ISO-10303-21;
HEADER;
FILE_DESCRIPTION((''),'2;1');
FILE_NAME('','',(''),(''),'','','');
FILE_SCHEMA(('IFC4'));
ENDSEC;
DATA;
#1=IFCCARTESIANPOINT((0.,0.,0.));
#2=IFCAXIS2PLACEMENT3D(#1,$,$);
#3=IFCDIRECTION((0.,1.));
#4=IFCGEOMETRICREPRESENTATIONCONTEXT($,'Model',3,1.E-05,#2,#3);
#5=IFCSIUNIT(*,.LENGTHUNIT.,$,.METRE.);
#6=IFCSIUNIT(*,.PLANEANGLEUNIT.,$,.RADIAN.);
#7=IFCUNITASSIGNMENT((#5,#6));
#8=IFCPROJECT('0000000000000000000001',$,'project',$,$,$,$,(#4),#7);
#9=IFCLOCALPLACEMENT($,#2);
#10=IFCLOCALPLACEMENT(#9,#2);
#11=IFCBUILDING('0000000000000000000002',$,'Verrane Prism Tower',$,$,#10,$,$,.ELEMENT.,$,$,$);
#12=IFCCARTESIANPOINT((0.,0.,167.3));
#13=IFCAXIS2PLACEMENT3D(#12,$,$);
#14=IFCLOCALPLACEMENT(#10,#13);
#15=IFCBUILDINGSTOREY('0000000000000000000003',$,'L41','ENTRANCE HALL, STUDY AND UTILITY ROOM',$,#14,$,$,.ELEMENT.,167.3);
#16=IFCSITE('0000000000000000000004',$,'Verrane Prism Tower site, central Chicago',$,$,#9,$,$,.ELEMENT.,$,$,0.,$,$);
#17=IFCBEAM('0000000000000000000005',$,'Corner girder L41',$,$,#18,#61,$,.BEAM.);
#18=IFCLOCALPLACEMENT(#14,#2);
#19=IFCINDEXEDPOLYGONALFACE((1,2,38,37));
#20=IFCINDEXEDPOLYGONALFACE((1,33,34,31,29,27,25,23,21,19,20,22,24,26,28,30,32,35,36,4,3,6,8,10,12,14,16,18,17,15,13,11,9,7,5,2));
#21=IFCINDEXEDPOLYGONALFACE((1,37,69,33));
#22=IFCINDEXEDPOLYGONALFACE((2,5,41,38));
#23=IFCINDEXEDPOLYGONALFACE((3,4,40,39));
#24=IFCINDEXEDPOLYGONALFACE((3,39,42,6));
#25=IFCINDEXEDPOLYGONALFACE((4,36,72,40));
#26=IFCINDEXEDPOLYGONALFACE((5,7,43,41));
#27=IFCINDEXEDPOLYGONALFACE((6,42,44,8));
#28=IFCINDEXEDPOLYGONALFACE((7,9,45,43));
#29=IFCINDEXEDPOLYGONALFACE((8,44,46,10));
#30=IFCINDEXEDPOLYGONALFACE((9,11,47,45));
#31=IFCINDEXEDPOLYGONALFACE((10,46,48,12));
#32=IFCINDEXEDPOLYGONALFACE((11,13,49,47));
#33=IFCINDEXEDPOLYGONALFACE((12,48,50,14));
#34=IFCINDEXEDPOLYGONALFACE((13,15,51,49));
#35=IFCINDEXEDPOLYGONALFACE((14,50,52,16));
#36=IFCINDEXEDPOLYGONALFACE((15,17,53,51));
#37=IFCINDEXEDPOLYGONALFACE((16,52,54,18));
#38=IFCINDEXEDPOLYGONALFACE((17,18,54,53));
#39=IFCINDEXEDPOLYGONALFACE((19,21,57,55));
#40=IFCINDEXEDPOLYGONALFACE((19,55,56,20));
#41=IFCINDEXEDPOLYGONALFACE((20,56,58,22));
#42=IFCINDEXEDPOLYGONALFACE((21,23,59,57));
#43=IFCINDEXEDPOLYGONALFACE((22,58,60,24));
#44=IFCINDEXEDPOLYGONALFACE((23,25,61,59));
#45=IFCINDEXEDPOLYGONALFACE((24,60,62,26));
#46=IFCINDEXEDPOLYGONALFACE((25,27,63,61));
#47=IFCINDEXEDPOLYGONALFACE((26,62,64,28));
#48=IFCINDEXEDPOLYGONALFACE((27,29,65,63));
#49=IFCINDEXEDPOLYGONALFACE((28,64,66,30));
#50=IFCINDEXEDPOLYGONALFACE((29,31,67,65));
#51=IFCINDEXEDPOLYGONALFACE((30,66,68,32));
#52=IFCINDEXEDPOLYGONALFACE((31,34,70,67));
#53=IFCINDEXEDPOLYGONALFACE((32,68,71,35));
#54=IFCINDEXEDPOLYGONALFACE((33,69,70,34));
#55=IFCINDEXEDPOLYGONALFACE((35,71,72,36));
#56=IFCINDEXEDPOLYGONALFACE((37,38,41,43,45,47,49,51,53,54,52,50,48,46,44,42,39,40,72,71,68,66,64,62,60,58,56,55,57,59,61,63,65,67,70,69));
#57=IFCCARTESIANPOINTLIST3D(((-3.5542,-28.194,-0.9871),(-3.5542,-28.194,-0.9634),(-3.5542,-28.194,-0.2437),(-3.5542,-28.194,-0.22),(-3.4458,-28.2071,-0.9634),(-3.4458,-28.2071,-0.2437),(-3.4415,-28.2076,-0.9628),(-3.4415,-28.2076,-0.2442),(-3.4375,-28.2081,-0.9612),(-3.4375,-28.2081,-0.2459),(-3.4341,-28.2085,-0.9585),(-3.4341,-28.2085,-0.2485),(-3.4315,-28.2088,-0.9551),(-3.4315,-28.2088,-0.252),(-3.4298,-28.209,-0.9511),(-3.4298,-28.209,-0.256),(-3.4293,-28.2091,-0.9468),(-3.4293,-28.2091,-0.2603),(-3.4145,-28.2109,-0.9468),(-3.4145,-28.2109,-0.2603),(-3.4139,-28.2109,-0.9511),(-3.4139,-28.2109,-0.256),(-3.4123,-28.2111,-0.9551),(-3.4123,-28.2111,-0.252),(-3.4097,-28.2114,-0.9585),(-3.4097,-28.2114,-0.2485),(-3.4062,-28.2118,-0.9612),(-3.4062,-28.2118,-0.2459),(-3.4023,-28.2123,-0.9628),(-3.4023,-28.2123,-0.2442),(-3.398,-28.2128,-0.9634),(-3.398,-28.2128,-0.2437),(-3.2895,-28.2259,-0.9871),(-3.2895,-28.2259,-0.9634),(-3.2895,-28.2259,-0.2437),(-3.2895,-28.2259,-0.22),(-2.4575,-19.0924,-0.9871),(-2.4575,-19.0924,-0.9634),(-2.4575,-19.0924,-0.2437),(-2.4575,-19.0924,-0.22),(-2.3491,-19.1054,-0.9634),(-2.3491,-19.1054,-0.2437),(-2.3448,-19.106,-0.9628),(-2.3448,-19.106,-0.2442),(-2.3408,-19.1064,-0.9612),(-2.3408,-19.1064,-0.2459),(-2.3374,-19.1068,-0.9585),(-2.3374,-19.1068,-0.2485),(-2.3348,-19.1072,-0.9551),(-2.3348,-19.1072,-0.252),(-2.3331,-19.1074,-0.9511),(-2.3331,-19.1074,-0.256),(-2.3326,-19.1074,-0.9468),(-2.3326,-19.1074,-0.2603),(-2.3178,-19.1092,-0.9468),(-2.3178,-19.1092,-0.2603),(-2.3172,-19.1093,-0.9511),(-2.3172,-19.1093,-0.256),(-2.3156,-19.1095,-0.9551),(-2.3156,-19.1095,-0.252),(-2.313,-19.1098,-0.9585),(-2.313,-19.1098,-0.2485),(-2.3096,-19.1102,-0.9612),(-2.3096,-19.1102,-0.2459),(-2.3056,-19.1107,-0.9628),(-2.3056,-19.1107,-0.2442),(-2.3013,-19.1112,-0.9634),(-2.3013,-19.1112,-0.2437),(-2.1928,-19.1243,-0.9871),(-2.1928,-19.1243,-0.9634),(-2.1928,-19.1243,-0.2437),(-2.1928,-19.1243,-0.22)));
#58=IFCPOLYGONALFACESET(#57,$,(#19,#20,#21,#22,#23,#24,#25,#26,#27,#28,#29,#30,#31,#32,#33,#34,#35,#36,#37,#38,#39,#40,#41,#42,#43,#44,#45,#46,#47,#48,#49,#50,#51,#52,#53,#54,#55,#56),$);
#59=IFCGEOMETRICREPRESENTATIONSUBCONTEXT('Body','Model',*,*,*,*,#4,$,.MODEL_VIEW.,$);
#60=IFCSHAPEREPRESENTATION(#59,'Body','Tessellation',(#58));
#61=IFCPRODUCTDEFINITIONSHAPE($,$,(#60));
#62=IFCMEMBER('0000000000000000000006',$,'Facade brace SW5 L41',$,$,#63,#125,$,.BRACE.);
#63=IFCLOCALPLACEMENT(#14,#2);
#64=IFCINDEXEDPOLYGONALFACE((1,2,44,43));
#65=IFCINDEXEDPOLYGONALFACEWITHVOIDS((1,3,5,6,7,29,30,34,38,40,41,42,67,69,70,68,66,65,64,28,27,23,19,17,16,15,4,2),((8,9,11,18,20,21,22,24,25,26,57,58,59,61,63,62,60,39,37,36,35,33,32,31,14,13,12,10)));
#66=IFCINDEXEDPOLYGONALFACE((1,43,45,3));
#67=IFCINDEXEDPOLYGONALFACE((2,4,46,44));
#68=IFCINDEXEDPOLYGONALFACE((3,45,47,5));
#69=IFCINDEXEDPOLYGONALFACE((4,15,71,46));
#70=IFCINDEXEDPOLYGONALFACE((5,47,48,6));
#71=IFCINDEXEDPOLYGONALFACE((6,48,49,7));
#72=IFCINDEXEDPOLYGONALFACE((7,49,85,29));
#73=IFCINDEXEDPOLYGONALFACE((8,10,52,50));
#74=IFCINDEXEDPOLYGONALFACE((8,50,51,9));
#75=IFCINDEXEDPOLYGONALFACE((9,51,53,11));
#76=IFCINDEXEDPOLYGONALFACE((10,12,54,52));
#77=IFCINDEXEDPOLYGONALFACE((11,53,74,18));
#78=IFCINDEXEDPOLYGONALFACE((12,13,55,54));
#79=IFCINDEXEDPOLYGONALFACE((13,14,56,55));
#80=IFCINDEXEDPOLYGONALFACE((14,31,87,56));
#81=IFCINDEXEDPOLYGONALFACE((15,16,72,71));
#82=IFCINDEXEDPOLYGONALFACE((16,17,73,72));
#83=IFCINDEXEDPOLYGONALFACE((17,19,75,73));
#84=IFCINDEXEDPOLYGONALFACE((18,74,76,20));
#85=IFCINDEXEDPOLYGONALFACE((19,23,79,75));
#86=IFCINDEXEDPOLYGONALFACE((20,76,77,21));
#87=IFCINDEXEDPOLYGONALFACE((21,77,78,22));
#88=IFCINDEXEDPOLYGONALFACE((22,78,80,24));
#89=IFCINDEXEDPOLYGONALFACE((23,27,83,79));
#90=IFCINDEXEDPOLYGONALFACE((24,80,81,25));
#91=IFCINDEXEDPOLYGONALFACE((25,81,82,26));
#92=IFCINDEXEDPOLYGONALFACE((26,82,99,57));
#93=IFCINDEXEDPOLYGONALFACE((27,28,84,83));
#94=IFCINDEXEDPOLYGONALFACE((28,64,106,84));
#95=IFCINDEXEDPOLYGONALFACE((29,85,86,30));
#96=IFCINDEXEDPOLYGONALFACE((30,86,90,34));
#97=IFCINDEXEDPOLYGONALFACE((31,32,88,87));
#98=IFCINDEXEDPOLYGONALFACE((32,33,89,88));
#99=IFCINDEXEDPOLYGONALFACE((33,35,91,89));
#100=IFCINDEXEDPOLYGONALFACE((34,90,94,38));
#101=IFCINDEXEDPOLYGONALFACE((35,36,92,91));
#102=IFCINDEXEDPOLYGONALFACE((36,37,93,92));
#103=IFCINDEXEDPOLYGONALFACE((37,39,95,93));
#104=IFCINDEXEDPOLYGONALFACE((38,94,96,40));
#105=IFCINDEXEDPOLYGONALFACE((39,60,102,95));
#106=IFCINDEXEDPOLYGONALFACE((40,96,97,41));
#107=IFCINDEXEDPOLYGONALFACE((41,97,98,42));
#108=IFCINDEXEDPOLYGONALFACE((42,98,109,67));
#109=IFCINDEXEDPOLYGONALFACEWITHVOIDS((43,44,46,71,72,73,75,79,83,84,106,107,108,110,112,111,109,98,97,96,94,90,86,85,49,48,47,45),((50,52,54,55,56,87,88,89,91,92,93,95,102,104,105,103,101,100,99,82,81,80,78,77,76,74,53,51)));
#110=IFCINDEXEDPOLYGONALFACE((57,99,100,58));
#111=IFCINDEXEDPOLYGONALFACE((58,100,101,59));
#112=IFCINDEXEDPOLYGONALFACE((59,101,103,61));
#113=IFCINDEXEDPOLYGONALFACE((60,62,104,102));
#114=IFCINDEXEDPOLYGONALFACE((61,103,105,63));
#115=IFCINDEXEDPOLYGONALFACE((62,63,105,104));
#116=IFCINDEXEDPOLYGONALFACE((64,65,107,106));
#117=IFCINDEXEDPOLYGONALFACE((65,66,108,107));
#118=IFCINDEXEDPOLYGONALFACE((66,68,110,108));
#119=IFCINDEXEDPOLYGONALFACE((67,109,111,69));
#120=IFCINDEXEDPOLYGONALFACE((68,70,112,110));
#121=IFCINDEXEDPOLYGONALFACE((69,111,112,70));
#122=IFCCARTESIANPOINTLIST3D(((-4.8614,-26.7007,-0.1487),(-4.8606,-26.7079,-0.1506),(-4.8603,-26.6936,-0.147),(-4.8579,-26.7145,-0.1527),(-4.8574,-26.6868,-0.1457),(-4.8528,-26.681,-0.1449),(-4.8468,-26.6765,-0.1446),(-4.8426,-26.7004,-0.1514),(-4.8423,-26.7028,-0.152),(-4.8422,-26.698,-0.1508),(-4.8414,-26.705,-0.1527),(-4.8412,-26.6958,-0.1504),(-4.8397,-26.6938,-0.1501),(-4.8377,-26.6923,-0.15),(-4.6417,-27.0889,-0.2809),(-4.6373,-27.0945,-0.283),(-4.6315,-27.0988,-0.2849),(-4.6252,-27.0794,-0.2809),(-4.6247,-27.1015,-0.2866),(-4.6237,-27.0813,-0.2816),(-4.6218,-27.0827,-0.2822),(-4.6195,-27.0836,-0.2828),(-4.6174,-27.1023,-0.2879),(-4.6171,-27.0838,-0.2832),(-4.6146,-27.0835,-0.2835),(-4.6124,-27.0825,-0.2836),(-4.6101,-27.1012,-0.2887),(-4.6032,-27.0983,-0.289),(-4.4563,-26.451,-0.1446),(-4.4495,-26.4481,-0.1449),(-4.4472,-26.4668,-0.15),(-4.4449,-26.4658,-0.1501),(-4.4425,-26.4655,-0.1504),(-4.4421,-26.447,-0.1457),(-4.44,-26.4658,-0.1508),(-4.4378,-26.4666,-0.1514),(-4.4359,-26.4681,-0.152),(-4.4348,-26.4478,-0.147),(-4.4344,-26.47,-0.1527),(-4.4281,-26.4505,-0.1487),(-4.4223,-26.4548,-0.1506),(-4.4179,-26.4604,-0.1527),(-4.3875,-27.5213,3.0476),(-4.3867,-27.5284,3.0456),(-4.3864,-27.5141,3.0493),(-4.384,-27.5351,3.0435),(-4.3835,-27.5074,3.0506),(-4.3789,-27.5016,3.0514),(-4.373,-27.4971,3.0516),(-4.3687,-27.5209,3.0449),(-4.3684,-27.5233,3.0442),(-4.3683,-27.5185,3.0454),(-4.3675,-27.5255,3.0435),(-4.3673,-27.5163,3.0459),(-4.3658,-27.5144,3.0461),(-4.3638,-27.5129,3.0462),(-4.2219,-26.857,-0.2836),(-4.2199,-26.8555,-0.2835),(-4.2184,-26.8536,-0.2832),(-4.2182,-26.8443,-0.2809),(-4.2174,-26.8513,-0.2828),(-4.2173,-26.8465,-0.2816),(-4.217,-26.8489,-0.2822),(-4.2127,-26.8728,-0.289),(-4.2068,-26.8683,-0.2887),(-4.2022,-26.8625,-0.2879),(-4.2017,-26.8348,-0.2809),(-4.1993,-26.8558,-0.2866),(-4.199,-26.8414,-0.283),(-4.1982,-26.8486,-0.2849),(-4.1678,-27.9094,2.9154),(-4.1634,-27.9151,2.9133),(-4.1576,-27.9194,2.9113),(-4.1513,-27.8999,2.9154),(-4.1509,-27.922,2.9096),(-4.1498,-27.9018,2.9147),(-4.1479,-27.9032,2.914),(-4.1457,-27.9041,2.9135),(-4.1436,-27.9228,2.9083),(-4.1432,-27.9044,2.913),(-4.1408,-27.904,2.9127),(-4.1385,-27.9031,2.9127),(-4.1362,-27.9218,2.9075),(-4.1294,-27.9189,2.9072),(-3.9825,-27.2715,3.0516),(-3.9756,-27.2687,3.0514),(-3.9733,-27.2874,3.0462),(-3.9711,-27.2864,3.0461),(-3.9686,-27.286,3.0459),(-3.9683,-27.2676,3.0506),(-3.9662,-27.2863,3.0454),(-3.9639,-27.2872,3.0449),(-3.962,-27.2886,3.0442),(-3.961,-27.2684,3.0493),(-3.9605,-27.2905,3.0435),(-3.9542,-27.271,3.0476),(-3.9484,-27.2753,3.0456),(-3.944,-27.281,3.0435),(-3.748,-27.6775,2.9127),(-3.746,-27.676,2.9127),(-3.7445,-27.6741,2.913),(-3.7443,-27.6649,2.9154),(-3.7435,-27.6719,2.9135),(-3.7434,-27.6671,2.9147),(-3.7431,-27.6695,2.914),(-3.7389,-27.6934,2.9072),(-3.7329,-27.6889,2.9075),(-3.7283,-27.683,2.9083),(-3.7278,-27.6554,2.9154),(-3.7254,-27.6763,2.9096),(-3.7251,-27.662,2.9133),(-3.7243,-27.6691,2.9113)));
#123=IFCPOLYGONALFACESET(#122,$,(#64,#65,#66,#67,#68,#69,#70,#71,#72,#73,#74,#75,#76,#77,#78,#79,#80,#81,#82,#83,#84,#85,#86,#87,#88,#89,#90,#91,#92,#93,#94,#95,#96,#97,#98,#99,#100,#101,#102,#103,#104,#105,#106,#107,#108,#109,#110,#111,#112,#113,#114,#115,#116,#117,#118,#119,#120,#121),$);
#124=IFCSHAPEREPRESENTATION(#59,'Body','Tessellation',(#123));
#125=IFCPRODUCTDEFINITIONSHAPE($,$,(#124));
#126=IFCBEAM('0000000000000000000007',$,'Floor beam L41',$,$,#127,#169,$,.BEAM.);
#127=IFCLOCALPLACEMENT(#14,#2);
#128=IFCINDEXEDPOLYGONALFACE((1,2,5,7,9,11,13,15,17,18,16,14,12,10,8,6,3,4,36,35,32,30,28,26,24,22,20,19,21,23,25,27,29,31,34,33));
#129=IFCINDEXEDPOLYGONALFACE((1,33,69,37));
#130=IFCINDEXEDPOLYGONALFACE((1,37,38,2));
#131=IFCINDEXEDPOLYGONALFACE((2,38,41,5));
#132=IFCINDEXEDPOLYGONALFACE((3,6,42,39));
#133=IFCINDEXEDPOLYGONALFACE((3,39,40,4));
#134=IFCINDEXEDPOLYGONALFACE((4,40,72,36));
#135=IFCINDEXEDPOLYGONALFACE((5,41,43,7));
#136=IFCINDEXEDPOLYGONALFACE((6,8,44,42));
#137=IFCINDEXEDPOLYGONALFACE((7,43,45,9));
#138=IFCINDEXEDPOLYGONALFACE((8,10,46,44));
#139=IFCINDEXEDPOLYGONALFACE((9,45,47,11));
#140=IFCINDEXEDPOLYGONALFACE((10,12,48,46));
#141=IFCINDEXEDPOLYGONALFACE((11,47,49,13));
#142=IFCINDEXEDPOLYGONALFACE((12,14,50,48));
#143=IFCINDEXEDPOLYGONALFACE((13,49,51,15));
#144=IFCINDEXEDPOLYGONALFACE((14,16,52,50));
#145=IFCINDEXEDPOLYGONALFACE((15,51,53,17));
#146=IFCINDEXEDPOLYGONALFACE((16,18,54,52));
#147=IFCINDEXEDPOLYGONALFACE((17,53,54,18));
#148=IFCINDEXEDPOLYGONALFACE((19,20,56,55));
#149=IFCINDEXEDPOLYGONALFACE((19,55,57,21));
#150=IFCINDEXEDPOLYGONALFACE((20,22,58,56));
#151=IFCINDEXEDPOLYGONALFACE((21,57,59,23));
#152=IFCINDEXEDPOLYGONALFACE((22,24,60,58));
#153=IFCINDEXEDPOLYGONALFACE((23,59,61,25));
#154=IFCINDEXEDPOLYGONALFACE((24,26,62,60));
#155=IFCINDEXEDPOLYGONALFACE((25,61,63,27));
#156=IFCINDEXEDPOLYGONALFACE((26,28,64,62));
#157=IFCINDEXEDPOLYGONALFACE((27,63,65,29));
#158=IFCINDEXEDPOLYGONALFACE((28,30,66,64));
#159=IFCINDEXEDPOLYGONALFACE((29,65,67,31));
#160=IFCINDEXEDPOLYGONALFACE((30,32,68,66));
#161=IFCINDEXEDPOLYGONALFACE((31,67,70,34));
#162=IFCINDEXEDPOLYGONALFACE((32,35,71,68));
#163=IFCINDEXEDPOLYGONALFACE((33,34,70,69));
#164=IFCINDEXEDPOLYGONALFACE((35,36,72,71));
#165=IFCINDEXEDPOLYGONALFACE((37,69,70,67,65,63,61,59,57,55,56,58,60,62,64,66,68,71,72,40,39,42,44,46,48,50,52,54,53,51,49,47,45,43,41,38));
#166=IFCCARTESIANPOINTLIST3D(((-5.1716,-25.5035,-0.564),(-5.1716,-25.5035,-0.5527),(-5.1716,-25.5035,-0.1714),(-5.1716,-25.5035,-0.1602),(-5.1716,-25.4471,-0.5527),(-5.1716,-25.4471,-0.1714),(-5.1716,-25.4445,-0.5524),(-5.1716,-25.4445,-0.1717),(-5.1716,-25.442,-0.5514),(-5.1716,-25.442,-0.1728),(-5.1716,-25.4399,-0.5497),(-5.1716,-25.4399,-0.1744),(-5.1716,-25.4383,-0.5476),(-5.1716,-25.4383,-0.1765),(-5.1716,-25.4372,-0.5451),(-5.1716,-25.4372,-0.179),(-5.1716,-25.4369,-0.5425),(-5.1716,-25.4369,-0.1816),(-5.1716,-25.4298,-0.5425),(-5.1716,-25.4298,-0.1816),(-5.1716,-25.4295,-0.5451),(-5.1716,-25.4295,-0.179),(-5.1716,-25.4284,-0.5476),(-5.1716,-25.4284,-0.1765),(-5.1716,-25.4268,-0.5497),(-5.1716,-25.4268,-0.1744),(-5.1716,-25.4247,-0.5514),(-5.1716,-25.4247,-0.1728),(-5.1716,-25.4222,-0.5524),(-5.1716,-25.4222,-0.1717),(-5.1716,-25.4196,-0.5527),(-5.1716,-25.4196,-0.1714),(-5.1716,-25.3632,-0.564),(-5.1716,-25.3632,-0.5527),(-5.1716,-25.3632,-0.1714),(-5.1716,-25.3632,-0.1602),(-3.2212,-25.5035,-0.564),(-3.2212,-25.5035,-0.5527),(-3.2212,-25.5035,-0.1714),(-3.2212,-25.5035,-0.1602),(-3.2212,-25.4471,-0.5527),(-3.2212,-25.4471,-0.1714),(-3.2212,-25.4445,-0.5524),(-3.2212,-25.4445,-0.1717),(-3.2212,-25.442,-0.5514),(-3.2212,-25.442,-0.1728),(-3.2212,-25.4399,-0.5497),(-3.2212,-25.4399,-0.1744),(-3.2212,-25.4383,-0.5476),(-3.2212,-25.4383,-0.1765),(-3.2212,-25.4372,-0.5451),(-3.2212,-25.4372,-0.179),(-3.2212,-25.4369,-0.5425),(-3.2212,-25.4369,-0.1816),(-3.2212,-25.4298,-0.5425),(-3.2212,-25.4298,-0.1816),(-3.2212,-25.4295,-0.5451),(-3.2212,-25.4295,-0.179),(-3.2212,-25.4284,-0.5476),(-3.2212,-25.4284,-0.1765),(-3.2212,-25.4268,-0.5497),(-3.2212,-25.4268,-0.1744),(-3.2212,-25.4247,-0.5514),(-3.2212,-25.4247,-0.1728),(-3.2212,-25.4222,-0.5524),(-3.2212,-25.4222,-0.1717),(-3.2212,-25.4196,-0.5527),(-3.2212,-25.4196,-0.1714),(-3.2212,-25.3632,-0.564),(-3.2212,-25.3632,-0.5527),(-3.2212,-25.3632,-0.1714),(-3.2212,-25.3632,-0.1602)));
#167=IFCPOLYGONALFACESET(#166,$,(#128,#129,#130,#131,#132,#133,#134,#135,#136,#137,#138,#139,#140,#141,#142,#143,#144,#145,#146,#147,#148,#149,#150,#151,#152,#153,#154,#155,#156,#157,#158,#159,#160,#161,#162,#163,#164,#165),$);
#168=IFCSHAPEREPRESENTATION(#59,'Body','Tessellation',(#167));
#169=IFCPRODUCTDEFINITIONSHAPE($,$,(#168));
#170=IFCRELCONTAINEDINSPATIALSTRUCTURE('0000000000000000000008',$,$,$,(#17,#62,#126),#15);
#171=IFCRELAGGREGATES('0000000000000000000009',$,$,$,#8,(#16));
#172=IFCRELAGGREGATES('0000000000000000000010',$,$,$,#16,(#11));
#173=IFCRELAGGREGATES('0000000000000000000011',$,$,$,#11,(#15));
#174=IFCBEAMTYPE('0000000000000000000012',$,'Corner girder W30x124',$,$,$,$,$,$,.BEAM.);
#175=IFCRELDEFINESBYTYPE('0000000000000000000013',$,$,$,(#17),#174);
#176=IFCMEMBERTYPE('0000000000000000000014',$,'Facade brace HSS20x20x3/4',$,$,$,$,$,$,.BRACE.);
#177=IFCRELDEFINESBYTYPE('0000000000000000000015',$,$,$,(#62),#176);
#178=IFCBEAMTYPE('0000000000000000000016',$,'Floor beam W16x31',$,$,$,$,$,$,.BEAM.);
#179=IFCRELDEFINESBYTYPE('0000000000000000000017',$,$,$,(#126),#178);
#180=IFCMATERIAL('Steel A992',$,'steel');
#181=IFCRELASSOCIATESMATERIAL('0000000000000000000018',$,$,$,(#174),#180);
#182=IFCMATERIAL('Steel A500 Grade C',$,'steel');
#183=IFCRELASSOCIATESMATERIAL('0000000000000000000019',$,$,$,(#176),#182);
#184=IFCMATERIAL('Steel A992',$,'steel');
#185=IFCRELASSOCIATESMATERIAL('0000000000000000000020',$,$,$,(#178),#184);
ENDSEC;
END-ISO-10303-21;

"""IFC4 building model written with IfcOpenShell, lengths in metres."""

from ifc_helpers import new_model, si_unit, direction, frame, origin, origin_2d, place, context, subcontext, project, spatial, hollow_rectangle, i_section, extrude, material, material_profile, profile_set, type_object, element, save


model = new_model("IFC4")

# Units and contexts
model_context = context("Model", 3, precision=1e-05, world=origin(), true_north=direction((0.0, 1.0)))
body_context = subcontext(model_context, "Body", "Model", "MODEL_VIEW")
ifc_project = project(units=[si_unit("LENGTHUNIT", "METRE"), si_unit("PLANEANGLEUNIT", "RADIAN")], contexts=[model_context])

# Site, building, storey
site_placement = place(None, origin())
site = spatial("IfcSite", under=ifc_project, at=site_placement, Name="Verrane Prism Tower site, central Chicago", CompositionType="ELEMENT", RefElevation=0.0)
building_placement = place(site_placement, origin())
building = spatial("IfcBuilding", under=site, at=building_placement, Name="Verrane Prism Tower", CompositionType="ELEMENT")
storey_placement = place(building_placement, frame((0.0, 0.0, 167.3)))
storey = spatial("IfcBuildingStorey", under=building, at=storey_placement, Name="L41", Description="ENTRANCE HALL, STUDY AND UTILITY ROOM", CompositionType="ELEMENT", Elevation=167.3)

# Beam
ifc_material_1 = material(Name="Steel A992", Category="steel")
ifc_material_profile_1 = material_profile(ifc_material_1, i_section(OverallWidth=0.2666, OverallDepth=0.7671, WebThickness=0.0149, FlangeThickness=0.0237, FilletRadius=0.0166, at=origin_2d()), Name="W30x124")
ifc_profile_set_1 = profile_set([ifc_material_profile_1], Name="Steel A992")
beam_type_1 = type_object("IfcBeamType", Name="Corner girder W30x124", PredefinedType="BEAM", material=ifc_profile_set_1)
beam_1_placement = place(storey_placement, frame((-3.4219, -28.21, -0.6035), z_axis=(0.119628, 0.992819, 0.0), x_axis=(-0.992819, 0.119628, 0.0)))
element("IfcBeam", 1, at=beam_1_placement, inside=storey, type_object=beam_type_1, Name="Corner girder L41", PredefinedType="BEAM", context=body_context, shape_type="SweptSolid", body=[
    extrude(i_section(OverallWidth=0.2666, OverallDepth=0.7671, WebThickness=0.0149, FlangeThickness=0.0237, FilletRadius=0.0166, at=origin_2d()), origin(), (0.0, 0.0, 1.0), 9.1675),
])

# Member
ifc_material_2 = material(Name="Steel A500 Grade C", Category="steel")
ifc_material_profile_2 = material_profile(ifc_material_2, hollow_rectangle(XDim=0.5081, YDim=0.5081, WallThickness=0.019, InnerFilletRadius=0.0095, OuterFilletRadius=0.0286, at=origin_2d()), Name="HSS20x20x3/4")
ifc_profile_set_2 = profile_set([ifc_material_profile_2], Name="Steel A500 Grade C")
member_type_1 = type_object("IfcMemberType", Name="Facade brace HSS20x20x3/4", PredefinedType="BRACE", material=ifc_profile_set_2)
member_1_placement = place(storey_placement, frame((-4.5298, -26.7747, -0.2168), z_axis=(0.142144, -0.246133, 0.958756), x_axis=(0.865967, 0.500102, 0.0)))
element("IfcMember", 2, at=member_1_placement, inside=storey, type_object=member_type_1, Name="Facade brace SW5 L41", PredefinedType="BRACE", context=body_context, shape_type="SweptSolid", body=[
    extrude(hollow_rectangle(XDim=0.5081, YDim=0.5081, WallThickness=0.019, InnerFilletRadius=0.0095, OuterFilletRadius=0.0286, at=origin_2d()), origin(), (0.0, 0.0, 1.0), 3.3337),
])

# Beam
ifc_material_3 = material(Name="Steel A992", Category="steel")
ifc_material_profile_3 = material_profile(ifc_material_3, i_section(OverallWidth=0.1404, OverallDepth=0.4038, WebThickness=0.0071, FlangeThickness=0.0112, FilletRadius=0.0103, at=origin_2d()), Name="W16x31")
ifc_profile_set_3 = profile_set([ifc_material_profile_3], Name="Steel A992")
beam_type_2 = type_object("IfcBeamType", Name="Floor beam W16x31", PredefinedType="BEAM", material=ifc_profile_set_3)
beam_2_placement = place(storey_placement, frame((-5.1716, -25.4333, -0.3621), z_axis=(1.0, 0.0, 0.0), x_axis=(0.0, 1.0, 0.0)))
element("IfcBeam", 3, at=beam_2_placement, inside=storey, type_object=beam_type_2, Name="Floor beam L41", PredefinedType="BEAM", context=body_context, shape_type="SweptSolid", body=[
    extrude(i_section(OverallWidth=0.1404, OverallDepth=0.4038, WebThickness=0.0071, FlangeThickness=0.0112, FilletRadius=0.0103, at=origin_2d()), origin(), (0.0, 0.0, 1.0), 1.9504),
])

save(model, "model.ifc")
